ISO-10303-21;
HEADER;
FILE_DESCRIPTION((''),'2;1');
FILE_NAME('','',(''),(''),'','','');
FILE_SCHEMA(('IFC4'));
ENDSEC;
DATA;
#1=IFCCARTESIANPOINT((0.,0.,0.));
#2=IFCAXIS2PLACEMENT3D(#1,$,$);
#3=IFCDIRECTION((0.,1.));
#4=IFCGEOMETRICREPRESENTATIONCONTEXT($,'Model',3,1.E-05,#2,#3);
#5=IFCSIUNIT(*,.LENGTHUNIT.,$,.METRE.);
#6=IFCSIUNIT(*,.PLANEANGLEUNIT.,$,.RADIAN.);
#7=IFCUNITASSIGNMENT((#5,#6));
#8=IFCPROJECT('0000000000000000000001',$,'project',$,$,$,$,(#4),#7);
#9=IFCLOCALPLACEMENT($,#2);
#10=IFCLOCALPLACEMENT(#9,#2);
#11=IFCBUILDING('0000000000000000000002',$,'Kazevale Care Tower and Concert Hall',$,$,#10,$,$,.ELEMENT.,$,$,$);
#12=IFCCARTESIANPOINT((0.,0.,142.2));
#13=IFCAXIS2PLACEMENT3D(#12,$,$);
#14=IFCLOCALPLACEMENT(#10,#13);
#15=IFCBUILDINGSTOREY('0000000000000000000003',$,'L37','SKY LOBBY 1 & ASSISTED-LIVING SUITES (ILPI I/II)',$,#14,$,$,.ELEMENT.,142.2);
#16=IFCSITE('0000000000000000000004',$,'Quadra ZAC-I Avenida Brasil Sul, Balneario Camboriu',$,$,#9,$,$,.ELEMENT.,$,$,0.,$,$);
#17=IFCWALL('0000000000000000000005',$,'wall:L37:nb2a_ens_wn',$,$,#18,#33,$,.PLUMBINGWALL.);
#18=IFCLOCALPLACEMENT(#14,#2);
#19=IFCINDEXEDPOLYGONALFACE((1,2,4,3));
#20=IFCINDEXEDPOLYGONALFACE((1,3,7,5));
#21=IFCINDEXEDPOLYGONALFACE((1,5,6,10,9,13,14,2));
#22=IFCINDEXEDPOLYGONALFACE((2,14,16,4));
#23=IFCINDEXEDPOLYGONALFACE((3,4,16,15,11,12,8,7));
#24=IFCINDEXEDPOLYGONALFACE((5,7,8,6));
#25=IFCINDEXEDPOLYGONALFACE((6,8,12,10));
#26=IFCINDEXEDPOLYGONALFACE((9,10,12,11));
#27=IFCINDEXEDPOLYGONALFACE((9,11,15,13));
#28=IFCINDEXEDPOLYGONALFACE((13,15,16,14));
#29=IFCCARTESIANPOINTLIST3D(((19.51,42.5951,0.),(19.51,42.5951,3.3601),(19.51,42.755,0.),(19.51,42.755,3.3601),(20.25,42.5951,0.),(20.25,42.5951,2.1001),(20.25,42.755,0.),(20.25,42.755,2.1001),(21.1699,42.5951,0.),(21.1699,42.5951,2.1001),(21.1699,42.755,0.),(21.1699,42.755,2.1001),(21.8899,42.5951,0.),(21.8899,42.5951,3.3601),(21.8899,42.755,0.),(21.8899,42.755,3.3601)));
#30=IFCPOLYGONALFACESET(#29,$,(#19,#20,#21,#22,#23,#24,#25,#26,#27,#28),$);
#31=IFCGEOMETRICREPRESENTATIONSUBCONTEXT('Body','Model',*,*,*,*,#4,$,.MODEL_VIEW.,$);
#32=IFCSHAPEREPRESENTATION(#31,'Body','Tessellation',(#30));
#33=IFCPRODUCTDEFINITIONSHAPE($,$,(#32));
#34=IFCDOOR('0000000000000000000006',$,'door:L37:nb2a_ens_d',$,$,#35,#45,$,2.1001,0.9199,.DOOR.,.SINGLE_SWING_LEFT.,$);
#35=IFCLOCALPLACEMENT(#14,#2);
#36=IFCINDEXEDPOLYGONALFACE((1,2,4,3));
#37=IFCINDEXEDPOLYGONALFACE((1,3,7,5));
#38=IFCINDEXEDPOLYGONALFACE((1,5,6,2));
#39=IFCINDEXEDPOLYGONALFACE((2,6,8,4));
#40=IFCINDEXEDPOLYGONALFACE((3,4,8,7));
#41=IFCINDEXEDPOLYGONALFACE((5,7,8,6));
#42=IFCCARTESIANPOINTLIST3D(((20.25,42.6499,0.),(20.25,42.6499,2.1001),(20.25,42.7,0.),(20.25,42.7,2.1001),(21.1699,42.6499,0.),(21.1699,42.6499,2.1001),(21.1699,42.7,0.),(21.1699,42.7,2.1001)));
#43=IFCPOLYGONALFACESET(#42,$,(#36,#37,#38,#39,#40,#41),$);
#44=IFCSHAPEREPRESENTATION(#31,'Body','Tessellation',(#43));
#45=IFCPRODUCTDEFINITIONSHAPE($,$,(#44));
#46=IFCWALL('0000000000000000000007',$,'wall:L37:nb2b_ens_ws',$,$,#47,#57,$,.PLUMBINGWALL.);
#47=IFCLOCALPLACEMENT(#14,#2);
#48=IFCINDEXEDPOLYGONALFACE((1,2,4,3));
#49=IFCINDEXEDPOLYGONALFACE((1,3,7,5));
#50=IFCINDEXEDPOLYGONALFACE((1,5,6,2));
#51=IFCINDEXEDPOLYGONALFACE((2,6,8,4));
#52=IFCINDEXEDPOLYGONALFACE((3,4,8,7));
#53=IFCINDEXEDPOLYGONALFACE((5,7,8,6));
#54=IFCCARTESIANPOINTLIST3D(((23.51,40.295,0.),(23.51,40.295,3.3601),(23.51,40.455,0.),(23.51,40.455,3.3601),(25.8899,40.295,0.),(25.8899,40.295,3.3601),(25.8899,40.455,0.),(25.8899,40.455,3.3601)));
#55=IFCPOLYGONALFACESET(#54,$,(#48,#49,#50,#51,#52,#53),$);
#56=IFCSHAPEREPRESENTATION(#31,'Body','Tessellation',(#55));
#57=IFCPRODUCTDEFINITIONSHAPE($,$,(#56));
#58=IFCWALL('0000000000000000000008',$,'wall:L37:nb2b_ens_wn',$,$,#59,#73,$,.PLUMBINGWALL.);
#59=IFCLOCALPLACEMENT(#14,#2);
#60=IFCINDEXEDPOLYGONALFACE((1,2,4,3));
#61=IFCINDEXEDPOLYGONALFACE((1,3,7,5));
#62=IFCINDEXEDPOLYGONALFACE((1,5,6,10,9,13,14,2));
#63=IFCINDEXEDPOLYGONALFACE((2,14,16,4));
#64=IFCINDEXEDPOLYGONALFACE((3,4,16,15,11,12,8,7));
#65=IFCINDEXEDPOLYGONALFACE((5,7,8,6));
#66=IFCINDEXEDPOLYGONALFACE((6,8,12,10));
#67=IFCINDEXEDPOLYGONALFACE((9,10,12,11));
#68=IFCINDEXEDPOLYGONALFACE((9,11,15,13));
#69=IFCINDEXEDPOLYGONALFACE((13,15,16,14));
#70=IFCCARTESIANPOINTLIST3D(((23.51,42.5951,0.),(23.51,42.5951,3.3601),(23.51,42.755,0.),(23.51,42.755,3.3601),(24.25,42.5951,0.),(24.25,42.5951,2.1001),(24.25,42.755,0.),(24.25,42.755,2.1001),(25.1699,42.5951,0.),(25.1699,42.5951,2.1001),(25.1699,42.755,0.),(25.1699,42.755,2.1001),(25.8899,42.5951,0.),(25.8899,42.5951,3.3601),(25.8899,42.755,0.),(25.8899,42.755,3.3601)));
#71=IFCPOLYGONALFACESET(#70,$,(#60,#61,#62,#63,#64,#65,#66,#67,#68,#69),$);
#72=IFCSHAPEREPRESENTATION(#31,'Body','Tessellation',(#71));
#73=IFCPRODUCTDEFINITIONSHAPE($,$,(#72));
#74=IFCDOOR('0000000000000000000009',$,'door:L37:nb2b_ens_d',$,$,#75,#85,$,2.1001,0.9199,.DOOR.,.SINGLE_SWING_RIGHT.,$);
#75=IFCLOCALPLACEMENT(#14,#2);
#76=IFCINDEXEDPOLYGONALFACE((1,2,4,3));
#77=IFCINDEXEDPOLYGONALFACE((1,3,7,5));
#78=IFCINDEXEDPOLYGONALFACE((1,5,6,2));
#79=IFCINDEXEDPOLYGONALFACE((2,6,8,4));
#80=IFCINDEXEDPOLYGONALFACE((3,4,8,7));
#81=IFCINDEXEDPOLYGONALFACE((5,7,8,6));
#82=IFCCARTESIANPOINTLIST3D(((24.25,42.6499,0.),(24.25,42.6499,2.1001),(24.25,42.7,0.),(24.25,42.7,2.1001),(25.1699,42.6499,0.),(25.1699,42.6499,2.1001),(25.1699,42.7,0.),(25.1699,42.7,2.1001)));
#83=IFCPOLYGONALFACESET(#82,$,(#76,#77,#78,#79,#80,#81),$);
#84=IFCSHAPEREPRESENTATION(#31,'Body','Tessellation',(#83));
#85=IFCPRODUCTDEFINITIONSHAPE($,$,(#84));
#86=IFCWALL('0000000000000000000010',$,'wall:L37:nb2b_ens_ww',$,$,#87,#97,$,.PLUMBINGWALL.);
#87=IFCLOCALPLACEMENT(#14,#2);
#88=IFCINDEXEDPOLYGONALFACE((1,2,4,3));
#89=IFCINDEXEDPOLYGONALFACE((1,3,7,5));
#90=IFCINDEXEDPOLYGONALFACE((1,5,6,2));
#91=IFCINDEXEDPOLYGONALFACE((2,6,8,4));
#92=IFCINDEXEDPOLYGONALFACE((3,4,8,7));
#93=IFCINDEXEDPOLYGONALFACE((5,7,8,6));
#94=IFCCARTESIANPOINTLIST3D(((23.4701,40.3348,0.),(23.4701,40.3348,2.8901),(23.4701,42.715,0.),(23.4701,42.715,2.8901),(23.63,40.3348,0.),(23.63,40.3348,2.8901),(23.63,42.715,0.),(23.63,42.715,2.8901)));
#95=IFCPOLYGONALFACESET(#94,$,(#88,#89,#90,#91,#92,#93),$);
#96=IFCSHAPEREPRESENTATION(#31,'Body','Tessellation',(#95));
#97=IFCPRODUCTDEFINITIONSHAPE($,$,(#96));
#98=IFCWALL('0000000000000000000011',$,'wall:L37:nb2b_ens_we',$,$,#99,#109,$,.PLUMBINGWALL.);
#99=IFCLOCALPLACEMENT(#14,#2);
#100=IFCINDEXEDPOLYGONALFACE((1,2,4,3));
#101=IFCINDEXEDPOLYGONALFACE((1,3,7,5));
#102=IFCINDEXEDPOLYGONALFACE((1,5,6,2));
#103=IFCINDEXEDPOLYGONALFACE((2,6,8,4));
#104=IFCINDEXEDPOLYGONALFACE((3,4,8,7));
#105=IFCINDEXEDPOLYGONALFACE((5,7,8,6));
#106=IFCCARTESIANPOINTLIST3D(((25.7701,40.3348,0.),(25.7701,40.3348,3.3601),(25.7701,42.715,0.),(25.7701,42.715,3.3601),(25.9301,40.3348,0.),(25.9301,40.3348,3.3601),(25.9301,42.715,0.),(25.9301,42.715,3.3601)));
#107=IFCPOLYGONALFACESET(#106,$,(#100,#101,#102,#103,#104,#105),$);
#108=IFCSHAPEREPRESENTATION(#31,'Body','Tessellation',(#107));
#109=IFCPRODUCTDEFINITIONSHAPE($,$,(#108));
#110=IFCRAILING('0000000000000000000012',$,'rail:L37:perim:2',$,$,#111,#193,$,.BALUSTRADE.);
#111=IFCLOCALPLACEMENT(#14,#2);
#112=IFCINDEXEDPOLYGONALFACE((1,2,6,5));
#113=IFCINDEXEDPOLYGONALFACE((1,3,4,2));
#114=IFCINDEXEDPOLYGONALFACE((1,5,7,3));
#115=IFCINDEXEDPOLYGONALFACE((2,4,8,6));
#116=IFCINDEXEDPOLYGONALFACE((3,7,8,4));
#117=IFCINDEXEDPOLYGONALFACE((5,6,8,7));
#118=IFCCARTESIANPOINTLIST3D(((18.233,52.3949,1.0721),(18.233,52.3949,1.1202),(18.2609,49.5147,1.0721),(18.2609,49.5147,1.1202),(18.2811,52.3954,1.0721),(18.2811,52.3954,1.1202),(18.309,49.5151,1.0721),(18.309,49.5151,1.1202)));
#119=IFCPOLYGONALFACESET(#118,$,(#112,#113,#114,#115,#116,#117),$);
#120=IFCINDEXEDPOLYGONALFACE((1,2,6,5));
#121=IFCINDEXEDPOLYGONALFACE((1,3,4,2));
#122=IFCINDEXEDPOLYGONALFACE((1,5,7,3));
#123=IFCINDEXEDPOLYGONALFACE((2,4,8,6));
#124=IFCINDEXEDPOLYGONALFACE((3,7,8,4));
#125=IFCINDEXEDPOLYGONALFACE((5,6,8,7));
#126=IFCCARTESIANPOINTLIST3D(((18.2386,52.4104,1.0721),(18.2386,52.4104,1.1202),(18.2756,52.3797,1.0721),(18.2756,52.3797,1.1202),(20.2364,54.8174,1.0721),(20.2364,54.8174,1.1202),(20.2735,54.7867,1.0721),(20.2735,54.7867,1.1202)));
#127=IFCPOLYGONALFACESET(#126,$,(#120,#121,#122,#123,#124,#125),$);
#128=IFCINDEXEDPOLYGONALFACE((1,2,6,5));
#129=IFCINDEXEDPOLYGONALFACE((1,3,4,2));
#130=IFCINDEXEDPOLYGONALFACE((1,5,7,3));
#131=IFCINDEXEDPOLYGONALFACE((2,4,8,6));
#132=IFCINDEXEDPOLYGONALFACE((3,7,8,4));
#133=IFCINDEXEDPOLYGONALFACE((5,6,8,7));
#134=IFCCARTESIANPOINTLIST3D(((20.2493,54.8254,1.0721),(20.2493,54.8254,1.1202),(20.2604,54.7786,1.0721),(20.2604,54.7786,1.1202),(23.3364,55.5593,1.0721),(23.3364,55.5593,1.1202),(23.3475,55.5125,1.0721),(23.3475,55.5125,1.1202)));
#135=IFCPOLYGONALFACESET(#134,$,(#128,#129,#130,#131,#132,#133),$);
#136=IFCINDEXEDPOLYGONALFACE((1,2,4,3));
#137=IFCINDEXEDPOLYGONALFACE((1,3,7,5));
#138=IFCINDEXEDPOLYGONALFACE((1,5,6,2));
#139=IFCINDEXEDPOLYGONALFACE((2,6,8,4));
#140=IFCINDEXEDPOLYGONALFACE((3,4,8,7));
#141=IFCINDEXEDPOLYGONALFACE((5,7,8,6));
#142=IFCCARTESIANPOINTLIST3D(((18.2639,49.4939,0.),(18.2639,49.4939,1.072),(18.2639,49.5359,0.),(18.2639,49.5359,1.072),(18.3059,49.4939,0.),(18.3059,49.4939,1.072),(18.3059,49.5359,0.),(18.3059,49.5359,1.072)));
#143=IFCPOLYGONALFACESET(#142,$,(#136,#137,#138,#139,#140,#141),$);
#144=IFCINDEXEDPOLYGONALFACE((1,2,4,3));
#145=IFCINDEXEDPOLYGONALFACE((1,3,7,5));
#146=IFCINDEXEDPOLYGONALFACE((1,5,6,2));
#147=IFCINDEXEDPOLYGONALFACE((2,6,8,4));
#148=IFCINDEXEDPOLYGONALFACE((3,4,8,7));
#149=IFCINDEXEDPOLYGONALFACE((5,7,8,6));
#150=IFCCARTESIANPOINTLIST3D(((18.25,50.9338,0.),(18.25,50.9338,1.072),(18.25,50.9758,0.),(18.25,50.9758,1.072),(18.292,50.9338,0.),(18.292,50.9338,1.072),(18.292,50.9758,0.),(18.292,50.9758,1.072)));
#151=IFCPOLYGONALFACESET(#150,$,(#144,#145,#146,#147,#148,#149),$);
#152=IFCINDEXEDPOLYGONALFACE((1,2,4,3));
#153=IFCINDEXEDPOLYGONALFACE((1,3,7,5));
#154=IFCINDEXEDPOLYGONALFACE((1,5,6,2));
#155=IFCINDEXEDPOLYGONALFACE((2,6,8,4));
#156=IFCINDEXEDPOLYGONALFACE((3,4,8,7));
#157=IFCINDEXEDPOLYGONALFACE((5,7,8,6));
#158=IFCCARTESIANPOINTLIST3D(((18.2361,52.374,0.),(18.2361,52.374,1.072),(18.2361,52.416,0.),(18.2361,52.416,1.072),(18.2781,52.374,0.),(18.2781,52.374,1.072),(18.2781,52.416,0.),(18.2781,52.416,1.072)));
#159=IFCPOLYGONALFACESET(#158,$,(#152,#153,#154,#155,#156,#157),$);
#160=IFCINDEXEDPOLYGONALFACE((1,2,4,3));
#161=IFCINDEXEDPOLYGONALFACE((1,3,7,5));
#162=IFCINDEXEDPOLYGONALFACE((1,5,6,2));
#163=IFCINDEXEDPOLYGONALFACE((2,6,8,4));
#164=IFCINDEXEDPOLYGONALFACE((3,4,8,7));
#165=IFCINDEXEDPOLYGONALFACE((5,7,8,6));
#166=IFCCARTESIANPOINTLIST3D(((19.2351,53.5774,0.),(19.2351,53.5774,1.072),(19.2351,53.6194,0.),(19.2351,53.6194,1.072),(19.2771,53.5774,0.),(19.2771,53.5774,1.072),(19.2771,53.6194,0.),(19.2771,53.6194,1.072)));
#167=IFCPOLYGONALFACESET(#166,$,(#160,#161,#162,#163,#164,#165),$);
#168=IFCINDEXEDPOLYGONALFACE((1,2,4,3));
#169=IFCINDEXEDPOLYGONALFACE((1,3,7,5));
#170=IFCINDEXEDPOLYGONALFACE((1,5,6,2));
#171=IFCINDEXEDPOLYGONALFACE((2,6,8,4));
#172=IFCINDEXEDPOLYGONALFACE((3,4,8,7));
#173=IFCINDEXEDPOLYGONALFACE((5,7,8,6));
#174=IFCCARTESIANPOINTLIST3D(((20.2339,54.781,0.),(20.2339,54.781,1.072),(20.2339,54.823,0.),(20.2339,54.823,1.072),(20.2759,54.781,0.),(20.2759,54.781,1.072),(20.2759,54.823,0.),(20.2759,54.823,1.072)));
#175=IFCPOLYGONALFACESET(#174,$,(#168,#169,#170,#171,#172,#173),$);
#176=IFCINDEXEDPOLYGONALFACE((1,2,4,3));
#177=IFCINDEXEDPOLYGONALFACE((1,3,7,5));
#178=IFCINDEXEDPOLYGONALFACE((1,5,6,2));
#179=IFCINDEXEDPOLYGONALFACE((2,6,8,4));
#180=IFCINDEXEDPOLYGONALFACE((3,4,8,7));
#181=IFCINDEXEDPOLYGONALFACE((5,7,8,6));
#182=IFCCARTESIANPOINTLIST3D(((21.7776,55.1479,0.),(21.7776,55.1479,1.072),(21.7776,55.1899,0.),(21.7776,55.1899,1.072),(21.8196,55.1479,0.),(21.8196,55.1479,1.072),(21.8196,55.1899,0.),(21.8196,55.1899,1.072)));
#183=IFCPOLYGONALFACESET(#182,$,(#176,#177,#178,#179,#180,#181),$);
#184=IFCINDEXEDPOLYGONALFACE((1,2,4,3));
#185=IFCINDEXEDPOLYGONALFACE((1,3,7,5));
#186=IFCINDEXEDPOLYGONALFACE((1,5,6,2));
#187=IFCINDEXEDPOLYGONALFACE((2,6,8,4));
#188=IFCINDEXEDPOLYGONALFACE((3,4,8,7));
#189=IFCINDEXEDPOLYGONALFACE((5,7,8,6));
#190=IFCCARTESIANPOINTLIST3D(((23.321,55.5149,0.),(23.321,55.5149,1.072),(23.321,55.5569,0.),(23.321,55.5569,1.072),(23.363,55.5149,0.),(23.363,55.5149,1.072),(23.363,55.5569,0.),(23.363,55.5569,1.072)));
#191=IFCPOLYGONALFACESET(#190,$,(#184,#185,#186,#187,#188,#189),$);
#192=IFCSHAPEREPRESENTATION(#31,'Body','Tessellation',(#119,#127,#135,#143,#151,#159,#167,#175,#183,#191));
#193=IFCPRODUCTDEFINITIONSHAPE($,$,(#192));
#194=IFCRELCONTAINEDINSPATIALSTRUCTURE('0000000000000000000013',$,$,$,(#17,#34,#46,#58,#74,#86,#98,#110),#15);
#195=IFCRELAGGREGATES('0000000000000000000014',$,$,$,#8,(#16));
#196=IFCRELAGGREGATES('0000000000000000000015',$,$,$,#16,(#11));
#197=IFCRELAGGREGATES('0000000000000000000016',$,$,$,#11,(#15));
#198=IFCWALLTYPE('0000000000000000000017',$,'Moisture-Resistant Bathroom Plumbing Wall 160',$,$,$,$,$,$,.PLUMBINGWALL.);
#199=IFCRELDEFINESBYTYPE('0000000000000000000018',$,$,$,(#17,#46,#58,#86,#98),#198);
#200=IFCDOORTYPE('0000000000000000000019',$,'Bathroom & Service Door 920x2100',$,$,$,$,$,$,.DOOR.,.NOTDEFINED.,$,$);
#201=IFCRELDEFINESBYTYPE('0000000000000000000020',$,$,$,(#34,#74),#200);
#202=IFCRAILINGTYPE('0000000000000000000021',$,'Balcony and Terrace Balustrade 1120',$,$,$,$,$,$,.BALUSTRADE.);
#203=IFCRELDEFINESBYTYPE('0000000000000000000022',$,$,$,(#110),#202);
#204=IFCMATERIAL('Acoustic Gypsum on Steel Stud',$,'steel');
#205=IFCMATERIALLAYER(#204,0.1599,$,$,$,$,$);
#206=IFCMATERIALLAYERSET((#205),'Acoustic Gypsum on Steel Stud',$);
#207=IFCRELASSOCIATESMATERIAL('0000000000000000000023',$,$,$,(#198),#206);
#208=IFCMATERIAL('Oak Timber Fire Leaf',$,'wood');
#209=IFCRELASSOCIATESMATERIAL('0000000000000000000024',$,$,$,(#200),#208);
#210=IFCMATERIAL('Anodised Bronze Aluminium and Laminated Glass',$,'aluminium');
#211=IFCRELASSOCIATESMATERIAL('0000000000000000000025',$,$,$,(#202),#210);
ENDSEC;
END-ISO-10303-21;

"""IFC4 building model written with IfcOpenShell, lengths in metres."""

from ifc_helpers import new_model, si_unit, direction, frame, frame_2d, origin, origin_2d, place, context, subcontext, project, spatial, rectangle, extrude, material, layer, layer_set, type_object, element, fill, save


model = new_model("IFC4")

# Units and contexts
model_context = context("Model", 3, precision=1e-05, world=origin(), true_north=direction((0.0, 1.0)))
body_context = subcontext(model_context, "Body", "Model", "MODEL_VIEW")
ifc_project = project(units=[si_unit("LENGTHUNIT", "METRE"), si_unit("PLANEANGLEUNIT", "RADIAN")], contexts=[model_context])

# Site, building, storey
site_placement = place(None, origin())
site = spatial("IfcSite", under=ifc_project, at=site_placement, Name="Quadra ZAC-I Avenida Brasil Sul, Balneario Camboriu", CompositionType="ELEMENT", RefElevation=0.0)
building_placement = place(site_placement, origin())
building = spatial("IfcBuilding", under=site, at=building_placement, Name="Kazevale Care Tower and Concert Hall", CompositionType="ELEMENT")
storey_placement = place(building_placement, frame((0.0, 0.0, 142.2)))
storey = spatial("IfcBuildingStorey", under=building, at=storey_placement, Name="L37", Description="SKY LOBBY 1 & ASSISTED-LIVING SUITES (ILPI I/II)", CompositionType="ELEMENT", Elevation=142.2)

# Shared definitions
ifc_material_1 = material(Name="Acoustic Gypsum on Steel Stud", Category="steel")
ifc_layer_1 = layer(ifc_material_1, 0.1599)
ifc_layer_set_1 = layer_set([ifc_layer_1], Name="Acoustic Gypsum on Steel Stud")
wall_type_1 = type_object("IfcWallType", Name="Moisture-Resistant Bathroom Plumbing Wall 160", PredefinedType="PLUMBINGWALL", material=ifc_layer_set_1)

# Wall, opening, door
wall_1_placement = place(storey_placement, frame((19.51, 42.675, 0.0), z_axis=(0.0, 0.0, 1.0), x_axis=(1.0, 0.0, 0.0)))
wall_1 = element("IfcWall", 1, at=wall_1_placement, inside=storey, type_object=wall_type_1, Name="wall:L37:nb2a_ens_wn", PredefinedType="PLUMBINGWALL", context=body_context, shape_type="SweptSolid", body=[
    extrude(rectangle(XDim=2.3799, YDim=0.1599, at=frame_2d((1.1899, 0.0))), origin(), (0.0, 0.0, 1.0), 3.3601),
])
opening_1_placement = place(wall_1_placement, frame((0.74, 0.0, 0.0)))
opening_1 = element("IfcOpeningElement", 2, at=opening_1_placement, cuts=wall_1, PredefinedType="OPENING", context=body_context, shape_type="SweptSolid", body=[
    extrude(rectangle(XDim=0.9199, YDim=2.1001, at=frame_2d((0.46, 1.05))), frame((0.0, 0.0898, 0.0), z_axis=(0.0, -1.0, 0.0), x_axis=(1.0, 0.0, 0.0)), (0.0, 0.0, 1.0), 0.1799),
])
ifc_material_2 = material(Name="Oak Timber Fire Leaf", Category="wood")
door_type = type_object("IfcDoorType", Name="Bathroom & Service Door 920x2100", OperationType="NOTDEFINED", PredefinedType="DOOR", material=ifc_material_2)
door_1_placement = place(opening_1_placement, origin())
door_1 = element("IfcDoor", 3, at=door_1_placement, inside=storey, type_object=door_type, Name="door:L37:nb2a_ens_d", OperationType="SINGLE_SWING_LEFT", OverallHeight=2.1001, OverallWidth=0.9199, PredefinedType="DOOR", context=body_context, shape_type="SweptSolid", body=[
    extrude(rectangle(XDim=0.9199, YDim=2.1001, at=frame_2d((0.46, 1.05))), frame((0.0, 0.0249, 0.0), z_axis=(0.0, -1.0, 0.0), x_axis=(1.0, 0.0, 0.0)), (0.0, 0.0, 1.0), 0.05),
])
fill(opening_1, door_1)

# Wall
wall_2_placement = place(storey_placement, frame((23.51, 40.375, 0.0), z_axis=(0.0, 0.0, 1.0), x_axis=(1.0, 0.0, 0.0)))
element("IfcWall", 4, at=wall_2_placement, inside=storey, type_object=wall_type_1, Name="wall:L37:nb2b_ens_ws", PredefinedType="PLUMBINGWALL", context=body_context, shape_type="SweptSolid", body=[
    extrude(rectangle(XDim=2.3799, YDim=0.1599, at=frame_2d((1.1899, 0.0))), origin(), (0.0, 0.0, 1.0), 3.3601),
])

# Wall, opening, door
wall_3_placement = place(storey_placement, frame((23.51, 42.675, 0.0), z_axis=(0.0, 0.0, 1.0), x_axis=(1.0, 0.0, 0.0)))
wall_3 = element("IfcWall", 5, at=wall_3_placement, inside=storey, type_object=wall_type_1, Name="wall:L37:nb2b_ens_wn", PredefinedType="PLUMBINGWALL", context=body_context, shape_type="SweptSolid", body=[
    extrude(rectangle(XDim=2.3799, YDim=0.1599, at=frame_2d((1.1899, 0.0))), origin(), (0.0, 0.0, 1.0), 3.3601),
])
opening_2_placement = place(wall_3_placement, frame((0.74, 0.0, 0.0)))
opening_2 = element("IfcOpeningElement", 6, at=opening_2_placement, cuts=wall_3, PredefinedType="OPENING", context=body_context, shape_type="SweptSolid", body=[
    extrude(rectangle(XDim=0.9199, YDim=2.1001, at=frame_2d((0.46, 1.05))), frame((0.0, 0.0898, 0.0), z_axis=(0.0, -1.0, 0.0), x_axis=(1.0, 0.0, 0.0)), (0.0, 0.0, 1.0), 0.1799),
])
door_2_placement = place(opening_2_placement, origin())
door_2 = element("IfcDoor", 7, at=door_2_placement, inside=storey, type_object=door_type, Name="door:L37:nb2b_ens_d", OperationType="SINGLE_SWING_RIGHT", OverallHeight=2.1001, OverallWidth=0.9199, PredefinedType="DOOR", context=body_context, shape_type="SweptSolid", body=[
    extrude(rectangle(XDim=0.9199, YDim=2.1001, at=frame_2d((0.46, 1.05))), frame((0.0, 0.0249, 0.0), z_axis=(0.0, -1.0, 0.0), x_axis=(1.0, 0.0, 0.0)), (0.0, 0.0, 1.0), 0.05),
])
fill(opening_2, door_2)

# Walls
wall_4_placement = place(storey_placement, frame((23.55, 40.335, 0.0), z_axis=(0.0, 0.0, 1.0), x_axis=(0.0, 1.0, 0.0)))
element("IfcWall", 8, at=wall_4_placement, inside=storey, type_object=wall_type_1, Name="wall:L37:nb2b_ens_ww", PredefinedType="PLUMBINGWALL", context=body_context, shape_type="SweptSolid", body=[
    extrude(rectangle(XDim=2.3801, YDim=0.1599, at=frame_2d((1.1899, 0.0))), origin(), (0.0, 0.0, 1.0), 2.8901),
])
wall_5_placement = place(storey_placement, frame((25.8501, 40.335, 0.0), z_axis=(0.0, 0.0, 1.0), x_axis=(0.0, 1.0, 0.0)))
element("IfcWall", 9, at=wall_5_placement, inside=storey, type_object=wall_type_1, Name="wall:L37:nb2b_ens_we", PredefinedType="PLUMBINGWALL", context=body_context, shape_type="SweptSolid", body=[
    extrude(rectangle(XDim=2.3801, YDim=0.1599, at=frame_2d((1.1899, 0.0))), origin(), (0.0, 0.0, 1.0), 3.3601),
])

# Railing
ifc_material_3 = material(Name="Anodised Bronze Aluminium and Laminated Glass", Category="aluminium")
railing_type = type_object("IfcRailingType", Name="Balcony and Terrace Balustrade 1120", PredefinedType="BALUSTRADE", material=ifc_material_3)
railing_1_placement = place(storey_placement, frame((18.2849, 49.5149, 0.0)))
element("IfcRailing", 10, at=railing_1_placement, inside=storey, type_object=railing_type, Name="rail:L37:perim:2", PredefinedType="BALUSTRADE", context=body_context, shape_type="SweptSolid", body=[
    extrude(rectangle(XDim=0.0481, YDim=0.0481, at=origin_2d()), frame((0.0, 0.0, 1.0962), z_axis=(-0.009663, 0.999953, 0.0), x_axis=(-0.999953, -0.009663, 0.0)), (0.0, 0.0, 1.0), 2.8804),
    extrude(rectangle(XDim=0.0481, YDim=0.0481, at=origin_2d()), frame((-0.0278, 2.8801, 1.0962), z_axis=(0.638671, 0.76948, 0.0), x_axis=(-0.76948, 0.638671, 0.0)), (0.0, 0.0, 1.0), 3.1282),
    extrude(rectangle(XDim=0.0481, YDim=0.0481, at=origin_2d()), frame((1.97, 5.2871, 1.0962), z_axis=(0.972888, 0.231277, 0.0), x_axis=(-0.231277, 0.972888, 0.0)), (0.0, 0.0, 1.0), 3.1731),
    extrude(rectangle(XDim=0.042, YDim=0.042, at=origin_2d()), origin(), (0.0, 0.0, 1.0), 1.072),
    extrude(rectangle(XDim=0.042, YDim=0.042, at=origin_2d()), frame((-0.0139, 1.4399, 0.0)), (0.0, 0.0, 1.0), 1.072),
    extrude(rectangle(XDim=0.042, YDim=0.042, at=origin_2d()), frame((-0.0278, 2.8801, 0.0)), (0.0, 0.0, 1.0), 1.072),
    extrude(rectangle(XDim=0.042, YDim=0.042, at=origin_2d()), frame((0.9712, 4.0835, 0.0)), (0.0, 0.0, 1.0), 1.072),
    extrude(rectangle(XDim=0.042, YDim=0.042, at=origin_2d()), frame((1.97, 5.2871, 0.0)), (0.0, 0.0, 1.0), 1.072),
    extrude(rectangle(XDim=0.042, YDim=0.042, at=origin_2d()), frame((3.5137, 5.6541, 0.0)), (0.0, 0.0, 1.0), 1.072),
    extrude(rectangle(XDim=0.042, YDim=0.042, at=origin_2d()), frame((5.0571, 6.021, 0.0)), (0.0, 0.0, 1.0), 1.072),
])

save(model, "model.ifc")
